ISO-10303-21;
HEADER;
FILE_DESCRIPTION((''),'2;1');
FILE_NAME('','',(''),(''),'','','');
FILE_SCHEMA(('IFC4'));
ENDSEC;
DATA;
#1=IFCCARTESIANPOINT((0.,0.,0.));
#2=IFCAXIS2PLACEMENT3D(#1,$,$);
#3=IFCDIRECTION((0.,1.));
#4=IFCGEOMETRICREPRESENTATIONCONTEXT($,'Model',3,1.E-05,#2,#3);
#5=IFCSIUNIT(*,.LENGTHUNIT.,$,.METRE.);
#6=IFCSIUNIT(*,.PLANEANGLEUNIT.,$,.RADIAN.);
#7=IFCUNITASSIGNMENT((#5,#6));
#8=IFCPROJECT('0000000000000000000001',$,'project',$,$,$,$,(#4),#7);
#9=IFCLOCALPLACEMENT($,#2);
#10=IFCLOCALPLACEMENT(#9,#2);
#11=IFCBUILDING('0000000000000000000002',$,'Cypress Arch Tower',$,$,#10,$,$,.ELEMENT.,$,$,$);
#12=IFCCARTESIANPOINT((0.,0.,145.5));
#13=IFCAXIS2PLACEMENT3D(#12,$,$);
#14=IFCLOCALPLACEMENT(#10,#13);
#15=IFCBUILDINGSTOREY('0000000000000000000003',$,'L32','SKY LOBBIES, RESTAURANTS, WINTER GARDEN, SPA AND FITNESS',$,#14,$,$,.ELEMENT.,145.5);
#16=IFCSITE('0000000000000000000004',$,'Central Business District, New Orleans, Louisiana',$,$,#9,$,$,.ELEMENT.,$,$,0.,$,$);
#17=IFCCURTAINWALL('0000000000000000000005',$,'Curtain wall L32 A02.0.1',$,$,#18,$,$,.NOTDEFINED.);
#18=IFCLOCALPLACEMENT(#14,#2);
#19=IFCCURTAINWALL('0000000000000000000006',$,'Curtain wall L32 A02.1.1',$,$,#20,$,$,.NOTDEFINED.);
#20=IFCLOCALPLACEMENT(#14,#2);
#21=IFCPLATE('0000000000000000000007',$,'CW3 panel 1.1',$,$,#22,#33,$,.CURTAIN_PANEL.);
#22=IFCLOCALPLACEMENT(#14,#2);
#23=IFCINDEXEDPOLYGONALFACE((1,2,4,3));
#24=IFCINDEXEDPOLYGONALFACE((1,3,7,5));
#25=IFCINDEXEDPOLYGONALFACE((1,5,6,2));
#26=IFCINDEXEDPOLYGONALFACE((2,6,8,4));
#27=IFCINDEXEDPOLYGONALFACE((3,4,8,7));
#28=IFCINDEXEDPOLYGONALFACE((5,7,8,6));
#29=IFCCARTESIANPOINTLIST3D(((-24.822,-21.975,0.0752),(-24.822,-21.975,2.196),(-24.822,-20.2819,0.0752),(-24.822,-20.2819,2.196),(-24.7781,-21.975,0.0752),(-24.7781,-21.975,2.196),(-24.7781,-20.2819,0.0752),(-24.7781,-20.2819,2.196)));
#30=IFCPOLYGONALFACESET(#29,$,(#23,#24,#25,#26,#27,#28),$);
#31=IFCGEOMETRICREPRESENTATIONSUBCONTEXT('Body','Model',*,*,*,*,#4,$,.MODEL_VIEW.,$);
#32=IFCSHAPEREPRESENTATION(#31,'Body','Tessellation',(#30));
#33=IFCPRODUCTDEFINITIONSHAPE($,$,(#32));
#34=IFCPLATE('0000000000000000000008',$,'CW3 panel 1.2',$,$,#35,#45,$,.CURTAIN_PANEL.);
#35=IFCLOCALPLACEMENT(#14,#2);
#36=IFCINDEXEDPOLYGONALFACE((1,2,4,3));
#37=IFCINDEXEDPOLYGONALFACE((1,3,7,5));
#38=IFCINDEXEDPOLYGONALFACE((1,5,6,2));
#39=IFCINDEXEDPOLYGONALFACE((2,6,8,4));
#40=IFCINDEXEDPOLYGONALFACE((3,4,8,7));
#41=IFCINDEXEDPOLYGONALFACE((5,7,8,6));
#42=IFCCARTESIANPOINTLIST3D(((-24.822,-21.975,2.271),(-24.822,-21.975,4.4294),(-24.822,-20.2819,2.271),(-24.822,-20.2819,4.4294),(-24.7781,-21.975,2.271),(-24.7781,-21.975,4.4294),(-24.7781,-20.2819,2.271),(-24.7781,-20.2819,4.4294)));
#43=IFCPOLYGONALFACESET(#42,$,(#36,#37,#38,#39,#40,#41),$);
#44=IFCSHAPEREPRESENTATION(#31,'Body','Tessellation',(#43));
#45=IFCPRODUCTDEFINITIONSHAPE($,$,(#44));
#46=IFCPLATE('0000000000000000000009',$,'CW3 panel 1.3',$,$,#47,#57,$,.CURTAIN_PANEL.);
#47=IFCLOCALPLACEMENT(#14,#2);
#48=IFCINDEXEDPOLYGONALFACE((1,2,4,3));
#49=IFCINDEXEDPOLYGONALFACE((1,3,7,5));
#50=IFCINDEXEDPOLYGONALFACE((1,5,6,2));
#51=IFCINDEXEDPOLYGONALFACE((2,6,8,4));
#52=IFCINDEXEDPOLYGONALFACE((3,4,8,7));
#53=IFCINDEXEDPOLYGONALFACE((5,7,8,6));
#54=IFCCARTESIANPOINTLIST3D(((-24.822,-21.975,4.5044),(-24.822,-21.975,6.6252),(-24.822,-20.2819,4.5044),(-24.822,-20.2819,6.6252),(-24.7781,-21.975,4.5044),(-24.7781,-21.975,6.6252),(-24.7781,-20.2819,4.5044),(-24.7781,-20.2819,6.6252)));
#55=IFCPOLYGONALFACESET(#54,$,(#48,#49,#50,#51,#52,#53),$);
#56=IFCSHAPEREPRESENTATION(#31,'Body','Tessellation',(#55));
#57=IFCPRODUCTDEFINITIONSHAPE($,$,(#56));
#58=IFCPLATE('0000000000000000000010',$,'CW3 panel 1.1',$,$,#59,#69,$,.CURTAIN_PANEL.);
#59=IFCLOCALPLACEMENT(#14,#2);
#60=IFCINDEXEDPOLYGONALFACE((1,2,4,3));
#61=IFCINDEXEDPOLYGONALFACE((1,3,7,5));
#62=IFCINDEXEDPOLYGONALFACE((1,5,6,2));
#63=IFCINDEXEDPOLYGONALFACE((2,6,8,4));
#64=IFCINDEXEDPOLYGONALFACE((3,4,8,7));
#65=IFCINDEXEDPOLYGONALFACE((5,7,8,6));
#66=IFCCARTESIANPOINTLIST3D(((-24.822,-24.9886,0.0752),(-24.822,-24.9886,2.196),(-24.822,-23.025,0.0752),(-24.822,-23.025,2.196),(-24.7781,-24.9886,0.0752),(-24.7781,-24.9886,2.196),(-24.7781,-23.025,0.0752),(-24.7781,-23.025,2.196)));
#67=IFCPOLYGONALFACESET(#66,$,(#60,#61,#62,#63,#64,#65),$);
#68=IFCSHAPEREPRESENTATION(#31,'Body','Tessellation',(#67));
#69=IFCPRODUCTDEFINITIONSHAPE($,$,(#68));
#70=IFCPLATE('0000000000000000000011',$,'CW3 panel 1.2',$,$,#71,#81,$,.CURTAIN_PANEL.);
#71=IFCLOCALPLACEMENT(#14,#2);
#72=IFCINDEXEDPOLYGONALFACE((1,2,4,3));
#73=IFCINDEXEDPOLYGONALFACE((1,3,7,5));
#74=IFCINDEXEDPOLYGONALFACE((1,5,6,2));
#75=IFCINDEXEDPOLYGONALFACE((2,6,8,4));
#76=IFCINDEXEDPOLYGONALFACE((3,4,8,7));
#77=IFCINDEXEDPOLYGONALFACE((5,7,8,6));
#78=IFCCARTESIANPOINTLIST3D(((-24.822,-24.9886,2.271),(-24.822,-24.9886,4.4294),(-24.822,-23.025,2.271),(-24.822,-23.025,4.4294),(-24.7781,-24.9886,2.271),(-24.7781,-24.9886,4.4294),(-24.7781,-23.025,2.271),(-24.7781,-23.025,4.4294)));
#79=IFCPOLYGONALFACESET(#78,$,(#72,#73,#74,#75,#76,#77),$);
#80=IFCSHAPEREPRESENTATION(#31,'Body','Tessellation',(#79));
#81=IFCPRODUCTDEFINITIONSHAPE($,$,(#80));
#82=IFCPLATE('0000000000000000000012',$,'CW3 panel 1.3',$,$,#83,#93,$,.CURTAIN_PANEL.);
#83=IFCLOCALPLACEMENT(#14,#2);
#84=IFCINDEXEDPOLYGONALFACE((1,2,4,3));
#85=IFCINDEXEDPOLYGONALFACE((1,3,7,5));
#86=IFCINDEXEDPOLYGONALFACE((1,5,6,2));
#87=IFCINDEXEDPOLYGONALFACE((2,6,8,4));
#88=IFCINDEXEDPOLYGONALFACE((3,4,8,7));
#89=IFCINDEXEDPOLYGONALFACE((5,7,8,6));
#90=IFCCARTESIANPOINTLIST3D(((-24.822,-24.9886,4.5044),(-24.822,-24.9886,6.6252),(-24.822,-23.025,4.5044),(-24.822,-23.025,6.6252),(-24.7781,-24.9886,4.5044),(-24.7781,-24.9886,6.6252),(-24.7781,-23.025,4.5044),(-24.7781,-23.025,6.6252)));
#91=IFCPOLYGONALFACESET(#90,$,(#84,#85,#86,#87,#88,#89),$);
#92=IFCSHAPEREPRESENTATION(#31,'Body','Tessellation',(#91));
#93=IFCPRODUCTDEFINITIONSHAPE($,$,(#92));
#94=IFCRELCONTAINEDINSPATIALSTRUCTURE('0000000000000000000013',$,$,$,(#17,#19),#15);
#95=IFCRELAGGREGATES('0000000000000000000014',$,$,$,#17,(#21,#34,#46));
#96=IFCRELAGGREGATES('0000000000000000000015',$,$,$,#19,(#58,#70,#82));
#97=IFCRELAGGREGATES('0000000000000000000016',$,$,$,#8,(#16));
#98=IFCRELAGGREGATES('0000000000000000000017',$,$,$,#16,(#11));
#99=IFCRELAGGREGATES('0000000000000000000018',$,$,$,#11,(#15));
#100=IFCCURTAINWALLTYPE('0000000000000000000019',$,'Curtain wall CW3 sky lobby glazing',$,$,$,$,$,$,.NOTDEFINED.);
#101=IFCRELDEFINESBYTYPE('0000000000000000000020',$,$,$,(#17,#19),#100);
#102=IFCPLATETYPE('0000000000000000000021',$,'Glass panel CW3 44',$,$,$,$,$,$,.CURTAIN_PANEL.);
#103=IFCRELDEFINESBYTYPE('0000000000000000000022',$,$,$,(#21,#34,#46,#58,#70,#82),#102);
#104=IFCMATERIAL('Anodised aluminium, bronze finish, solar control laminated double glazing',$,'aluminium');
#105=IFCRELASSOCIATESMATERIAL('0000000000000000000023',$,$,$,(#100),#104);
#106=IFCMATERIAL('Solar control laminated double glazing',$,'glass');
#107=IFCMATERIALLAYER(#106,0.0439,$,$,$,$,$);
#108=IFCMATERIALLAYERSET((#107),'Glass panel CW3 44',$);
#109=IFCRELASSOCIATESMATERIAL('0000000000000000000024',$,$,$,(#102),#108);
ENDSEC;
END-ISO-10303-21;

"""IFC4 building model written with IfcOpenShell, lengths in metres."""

from ifc_helpers import new_model, si_unit, direction, frame, origin, origin_2d, place, context, subcontext, project, spatial, rectangle, extrude, material, layer, layer_set, type_object, element, aggregate, save


model = new_model("IFC4")

# Units and contexts
model_context = context("Model", 3, precision=1e-05, world=origin(), true_north=direction((0.0, 1.0)))
body_context = subcontext(model_context, "Body", "Model", "MODEL_VIEW")
ifc_project = project(units=[si_unit("LENGTHUNIT", "METRE"), si_unit("PLANEANGLEUNIT", "RADIAN")], contexts=[model_context])

# Site, building, storey
site_placement = place(None, origin())
site = spatial("IfcSite", under=ifc_project, at=site_placement, Name="Central Business District, New Orleans, Louisiana", CompositionType="ELEMENT", RefElevation=0.0)
building_placement = place(site_placement, origin())
building = spatial("IfcBuilding", under=site, at=building_placement, Name="Cypress Arch Tower", CompositionType="ELEMENT")
storey_placement = place(building_placement, frame((0.0, 0.0, 145.5)))
storey = spatial("IfcBuildingStorey", under=building, at=storey_placement, Name="L32", Description="SKY LOBBIES, RESTAURANTS, WINTER GARDEN, SPA AND FITNESS", CompositionType="ELEMENT", Elevation=145.5)

# Curtain wall
ifc_material_1 = material(Name="Anodised aluminium, bronze finish, solar control laminated double glazing", Category="aluminium")
curtain_wall_type = type_object("IfcCurtainWallType", Name="Curtain wall CW3 sky lobby glazing", PredefinedType="NOTDEFINED", material=ifc_material_1)
curtain_wall_1_placement = place(storey_placement, origin())
curtain_wall_1 = element("IfcCurtainWall", 1, at=curtain_wall_1_placement, inside=storey, type_object=curtain_wall_type, Name="Curtain wall L32 A02.0.1", PredefinedType="NOTDEFINED")

# Curtain wall
curtain_wall_2_placement = place(storey_placement, origin())
curtain_wall_2 = element("IfcCurtainWall", 2, at=curtain_wall_2_placement, inside=storey, type_object=curtain_wall_type, Name="Curtain wall L32 A02.1.1", PredefinedType="NOTDEFINED")

# Plates
ifc_material_2 = material(Name="Solar control laminated double glazing", Category="glass")
ifc_layer = layer(ifc_material_2, 0.0439)
ifc_layer_set = layer_set([ifc_layer], Name="Glass panel CW3 44")
plate_type = type_object("IfcPlateType", Name="Glass panel CW3 44", PredefinedType="CURTAIN_PANEL", material=ifc_layer_set)
plate_1_placement = place(storey_placement, frame((-24.8, -21.1284, 0.0752), z_axis=(0.0, 0.0, 1.0), x_axis=(0.0, -1.0, 0.0)))
plate_1 = element("IfcPlate", 3, at=plate_1_placement, type_object=plate_type, Name="CW3 panel 1.1", PredefinedType="CURTAIN_PANEL", context=body_context, shape_type="SweptSolid", body=[
    extrude(rectangle(XDim=1.6931, YDim=0.0439, at=origin_2d()), origin(), (0.0, 0.0, 1.0), 2.1208),
])
plate_2_placement = place(storey_placement, frame((-24.8, -21.1284, 2.271), z_axis=(0.0, 0.0, 1.0), x_axis=(0.0, -1.0, 0.0)))
plate_2 = element("IfcPlate", 4, at=plate_2_placement, type_object=plate_type, Name="CW3 panel 1.2", PredefinedType="CURTAIN_PANEL", context=body_context, shape_type="SweptSolid", body=[
    extrude(rectangle(XDim=1.6931, YDim=0.0439, at=origin_2d()), origin(), (0.0, 0.0, 1.0), 2.1584),
])
plate_3_placement = place(storey_placement, frame((-24.8, -21.1284, 4.5044), z_axis=(0.0, 0.0, 1.0), x_axis=(0.0, -1.0, 0.0)))
plate_3 = element("IfcPlate", 5, at=plate_3_placement, type_object=plate_type, Name="CW3 panel 1.3", PredefinedType="CURTAIN_PANEL", context=body_context, shape_type="SweptSolid", body=[
    extrude(rectangle(XDim=1.6931, YDim=0.0439, at=origin_2d()), origin(), (0.0, 0.0, 1.0), 2.1208),
])
aggregate(curtain_wall_1, [plate_1, plate_2, plate_3])
plate_4_placement = place(storey_placement, frame((-24.8, -24.0068, 0.0752), z_axis=(0.0, 0.0, 1.0), x_axis=(0.0, -1.0, 0.0)))
plate_4 = element("IfcPlate", 6, at=plate_4_placement, type_object=plate_type, Name="CW3 panel 1.1", PredefinedType="CURTAIN_PANEL", context=body_context, shape_type="SweptSolid", body=[
    extrude(rectangle(XDim=1.9636, YDim=0.0439, at=origin_2d()), origin(), (0.0, 0.0, 1.0), 2.1208),
])
plate_5_placement = place(storey_placement, frame((-24.8, -24.0068, 2.271), z_axis=(0.0, 0.0, 1.0), x_axis=(0.0, -1.0, 0.0)))
plate_5 = element("IfcPlate", 7, at=plate_5_placement, type_object=plate_type, Name="CW3 panel 1.2", PredefinedType="CURTAIN_PANEL", context=body_context, shape_type="SweptSolid", body=[
    extrude(rectangle(XDim=1.9636, YDim=0.0439, at=origin_2d()), origin(), (0.0, 0.0, 1.0), 2.1584),
])
plate_6_placement = place(storey_placement, frame((-24.8, -24.0068, 4.5044), z_axis=(0.0, 0.0, 1.0), x_axis=(0.0, -1.0, 0.0)))
plate_6 = element("IfcPlate", 8, at=plate_6_placement, type_object=plate_type, Name="CW3 panel 1.3", PredefinedType="CURTAIN_PANEL", context=body_context, shape_type="SweptSolid", body=[
    extrude(rectangle(XDim=1.9636, YDim=0.0439, at=origin_2d()), origin(), (0.0, 0.0, 1.0), 2.1208),
])
aggregate(curtain_wall_2, [plate_4, plate_5, plate_6])

save(model, "model.ifc")
